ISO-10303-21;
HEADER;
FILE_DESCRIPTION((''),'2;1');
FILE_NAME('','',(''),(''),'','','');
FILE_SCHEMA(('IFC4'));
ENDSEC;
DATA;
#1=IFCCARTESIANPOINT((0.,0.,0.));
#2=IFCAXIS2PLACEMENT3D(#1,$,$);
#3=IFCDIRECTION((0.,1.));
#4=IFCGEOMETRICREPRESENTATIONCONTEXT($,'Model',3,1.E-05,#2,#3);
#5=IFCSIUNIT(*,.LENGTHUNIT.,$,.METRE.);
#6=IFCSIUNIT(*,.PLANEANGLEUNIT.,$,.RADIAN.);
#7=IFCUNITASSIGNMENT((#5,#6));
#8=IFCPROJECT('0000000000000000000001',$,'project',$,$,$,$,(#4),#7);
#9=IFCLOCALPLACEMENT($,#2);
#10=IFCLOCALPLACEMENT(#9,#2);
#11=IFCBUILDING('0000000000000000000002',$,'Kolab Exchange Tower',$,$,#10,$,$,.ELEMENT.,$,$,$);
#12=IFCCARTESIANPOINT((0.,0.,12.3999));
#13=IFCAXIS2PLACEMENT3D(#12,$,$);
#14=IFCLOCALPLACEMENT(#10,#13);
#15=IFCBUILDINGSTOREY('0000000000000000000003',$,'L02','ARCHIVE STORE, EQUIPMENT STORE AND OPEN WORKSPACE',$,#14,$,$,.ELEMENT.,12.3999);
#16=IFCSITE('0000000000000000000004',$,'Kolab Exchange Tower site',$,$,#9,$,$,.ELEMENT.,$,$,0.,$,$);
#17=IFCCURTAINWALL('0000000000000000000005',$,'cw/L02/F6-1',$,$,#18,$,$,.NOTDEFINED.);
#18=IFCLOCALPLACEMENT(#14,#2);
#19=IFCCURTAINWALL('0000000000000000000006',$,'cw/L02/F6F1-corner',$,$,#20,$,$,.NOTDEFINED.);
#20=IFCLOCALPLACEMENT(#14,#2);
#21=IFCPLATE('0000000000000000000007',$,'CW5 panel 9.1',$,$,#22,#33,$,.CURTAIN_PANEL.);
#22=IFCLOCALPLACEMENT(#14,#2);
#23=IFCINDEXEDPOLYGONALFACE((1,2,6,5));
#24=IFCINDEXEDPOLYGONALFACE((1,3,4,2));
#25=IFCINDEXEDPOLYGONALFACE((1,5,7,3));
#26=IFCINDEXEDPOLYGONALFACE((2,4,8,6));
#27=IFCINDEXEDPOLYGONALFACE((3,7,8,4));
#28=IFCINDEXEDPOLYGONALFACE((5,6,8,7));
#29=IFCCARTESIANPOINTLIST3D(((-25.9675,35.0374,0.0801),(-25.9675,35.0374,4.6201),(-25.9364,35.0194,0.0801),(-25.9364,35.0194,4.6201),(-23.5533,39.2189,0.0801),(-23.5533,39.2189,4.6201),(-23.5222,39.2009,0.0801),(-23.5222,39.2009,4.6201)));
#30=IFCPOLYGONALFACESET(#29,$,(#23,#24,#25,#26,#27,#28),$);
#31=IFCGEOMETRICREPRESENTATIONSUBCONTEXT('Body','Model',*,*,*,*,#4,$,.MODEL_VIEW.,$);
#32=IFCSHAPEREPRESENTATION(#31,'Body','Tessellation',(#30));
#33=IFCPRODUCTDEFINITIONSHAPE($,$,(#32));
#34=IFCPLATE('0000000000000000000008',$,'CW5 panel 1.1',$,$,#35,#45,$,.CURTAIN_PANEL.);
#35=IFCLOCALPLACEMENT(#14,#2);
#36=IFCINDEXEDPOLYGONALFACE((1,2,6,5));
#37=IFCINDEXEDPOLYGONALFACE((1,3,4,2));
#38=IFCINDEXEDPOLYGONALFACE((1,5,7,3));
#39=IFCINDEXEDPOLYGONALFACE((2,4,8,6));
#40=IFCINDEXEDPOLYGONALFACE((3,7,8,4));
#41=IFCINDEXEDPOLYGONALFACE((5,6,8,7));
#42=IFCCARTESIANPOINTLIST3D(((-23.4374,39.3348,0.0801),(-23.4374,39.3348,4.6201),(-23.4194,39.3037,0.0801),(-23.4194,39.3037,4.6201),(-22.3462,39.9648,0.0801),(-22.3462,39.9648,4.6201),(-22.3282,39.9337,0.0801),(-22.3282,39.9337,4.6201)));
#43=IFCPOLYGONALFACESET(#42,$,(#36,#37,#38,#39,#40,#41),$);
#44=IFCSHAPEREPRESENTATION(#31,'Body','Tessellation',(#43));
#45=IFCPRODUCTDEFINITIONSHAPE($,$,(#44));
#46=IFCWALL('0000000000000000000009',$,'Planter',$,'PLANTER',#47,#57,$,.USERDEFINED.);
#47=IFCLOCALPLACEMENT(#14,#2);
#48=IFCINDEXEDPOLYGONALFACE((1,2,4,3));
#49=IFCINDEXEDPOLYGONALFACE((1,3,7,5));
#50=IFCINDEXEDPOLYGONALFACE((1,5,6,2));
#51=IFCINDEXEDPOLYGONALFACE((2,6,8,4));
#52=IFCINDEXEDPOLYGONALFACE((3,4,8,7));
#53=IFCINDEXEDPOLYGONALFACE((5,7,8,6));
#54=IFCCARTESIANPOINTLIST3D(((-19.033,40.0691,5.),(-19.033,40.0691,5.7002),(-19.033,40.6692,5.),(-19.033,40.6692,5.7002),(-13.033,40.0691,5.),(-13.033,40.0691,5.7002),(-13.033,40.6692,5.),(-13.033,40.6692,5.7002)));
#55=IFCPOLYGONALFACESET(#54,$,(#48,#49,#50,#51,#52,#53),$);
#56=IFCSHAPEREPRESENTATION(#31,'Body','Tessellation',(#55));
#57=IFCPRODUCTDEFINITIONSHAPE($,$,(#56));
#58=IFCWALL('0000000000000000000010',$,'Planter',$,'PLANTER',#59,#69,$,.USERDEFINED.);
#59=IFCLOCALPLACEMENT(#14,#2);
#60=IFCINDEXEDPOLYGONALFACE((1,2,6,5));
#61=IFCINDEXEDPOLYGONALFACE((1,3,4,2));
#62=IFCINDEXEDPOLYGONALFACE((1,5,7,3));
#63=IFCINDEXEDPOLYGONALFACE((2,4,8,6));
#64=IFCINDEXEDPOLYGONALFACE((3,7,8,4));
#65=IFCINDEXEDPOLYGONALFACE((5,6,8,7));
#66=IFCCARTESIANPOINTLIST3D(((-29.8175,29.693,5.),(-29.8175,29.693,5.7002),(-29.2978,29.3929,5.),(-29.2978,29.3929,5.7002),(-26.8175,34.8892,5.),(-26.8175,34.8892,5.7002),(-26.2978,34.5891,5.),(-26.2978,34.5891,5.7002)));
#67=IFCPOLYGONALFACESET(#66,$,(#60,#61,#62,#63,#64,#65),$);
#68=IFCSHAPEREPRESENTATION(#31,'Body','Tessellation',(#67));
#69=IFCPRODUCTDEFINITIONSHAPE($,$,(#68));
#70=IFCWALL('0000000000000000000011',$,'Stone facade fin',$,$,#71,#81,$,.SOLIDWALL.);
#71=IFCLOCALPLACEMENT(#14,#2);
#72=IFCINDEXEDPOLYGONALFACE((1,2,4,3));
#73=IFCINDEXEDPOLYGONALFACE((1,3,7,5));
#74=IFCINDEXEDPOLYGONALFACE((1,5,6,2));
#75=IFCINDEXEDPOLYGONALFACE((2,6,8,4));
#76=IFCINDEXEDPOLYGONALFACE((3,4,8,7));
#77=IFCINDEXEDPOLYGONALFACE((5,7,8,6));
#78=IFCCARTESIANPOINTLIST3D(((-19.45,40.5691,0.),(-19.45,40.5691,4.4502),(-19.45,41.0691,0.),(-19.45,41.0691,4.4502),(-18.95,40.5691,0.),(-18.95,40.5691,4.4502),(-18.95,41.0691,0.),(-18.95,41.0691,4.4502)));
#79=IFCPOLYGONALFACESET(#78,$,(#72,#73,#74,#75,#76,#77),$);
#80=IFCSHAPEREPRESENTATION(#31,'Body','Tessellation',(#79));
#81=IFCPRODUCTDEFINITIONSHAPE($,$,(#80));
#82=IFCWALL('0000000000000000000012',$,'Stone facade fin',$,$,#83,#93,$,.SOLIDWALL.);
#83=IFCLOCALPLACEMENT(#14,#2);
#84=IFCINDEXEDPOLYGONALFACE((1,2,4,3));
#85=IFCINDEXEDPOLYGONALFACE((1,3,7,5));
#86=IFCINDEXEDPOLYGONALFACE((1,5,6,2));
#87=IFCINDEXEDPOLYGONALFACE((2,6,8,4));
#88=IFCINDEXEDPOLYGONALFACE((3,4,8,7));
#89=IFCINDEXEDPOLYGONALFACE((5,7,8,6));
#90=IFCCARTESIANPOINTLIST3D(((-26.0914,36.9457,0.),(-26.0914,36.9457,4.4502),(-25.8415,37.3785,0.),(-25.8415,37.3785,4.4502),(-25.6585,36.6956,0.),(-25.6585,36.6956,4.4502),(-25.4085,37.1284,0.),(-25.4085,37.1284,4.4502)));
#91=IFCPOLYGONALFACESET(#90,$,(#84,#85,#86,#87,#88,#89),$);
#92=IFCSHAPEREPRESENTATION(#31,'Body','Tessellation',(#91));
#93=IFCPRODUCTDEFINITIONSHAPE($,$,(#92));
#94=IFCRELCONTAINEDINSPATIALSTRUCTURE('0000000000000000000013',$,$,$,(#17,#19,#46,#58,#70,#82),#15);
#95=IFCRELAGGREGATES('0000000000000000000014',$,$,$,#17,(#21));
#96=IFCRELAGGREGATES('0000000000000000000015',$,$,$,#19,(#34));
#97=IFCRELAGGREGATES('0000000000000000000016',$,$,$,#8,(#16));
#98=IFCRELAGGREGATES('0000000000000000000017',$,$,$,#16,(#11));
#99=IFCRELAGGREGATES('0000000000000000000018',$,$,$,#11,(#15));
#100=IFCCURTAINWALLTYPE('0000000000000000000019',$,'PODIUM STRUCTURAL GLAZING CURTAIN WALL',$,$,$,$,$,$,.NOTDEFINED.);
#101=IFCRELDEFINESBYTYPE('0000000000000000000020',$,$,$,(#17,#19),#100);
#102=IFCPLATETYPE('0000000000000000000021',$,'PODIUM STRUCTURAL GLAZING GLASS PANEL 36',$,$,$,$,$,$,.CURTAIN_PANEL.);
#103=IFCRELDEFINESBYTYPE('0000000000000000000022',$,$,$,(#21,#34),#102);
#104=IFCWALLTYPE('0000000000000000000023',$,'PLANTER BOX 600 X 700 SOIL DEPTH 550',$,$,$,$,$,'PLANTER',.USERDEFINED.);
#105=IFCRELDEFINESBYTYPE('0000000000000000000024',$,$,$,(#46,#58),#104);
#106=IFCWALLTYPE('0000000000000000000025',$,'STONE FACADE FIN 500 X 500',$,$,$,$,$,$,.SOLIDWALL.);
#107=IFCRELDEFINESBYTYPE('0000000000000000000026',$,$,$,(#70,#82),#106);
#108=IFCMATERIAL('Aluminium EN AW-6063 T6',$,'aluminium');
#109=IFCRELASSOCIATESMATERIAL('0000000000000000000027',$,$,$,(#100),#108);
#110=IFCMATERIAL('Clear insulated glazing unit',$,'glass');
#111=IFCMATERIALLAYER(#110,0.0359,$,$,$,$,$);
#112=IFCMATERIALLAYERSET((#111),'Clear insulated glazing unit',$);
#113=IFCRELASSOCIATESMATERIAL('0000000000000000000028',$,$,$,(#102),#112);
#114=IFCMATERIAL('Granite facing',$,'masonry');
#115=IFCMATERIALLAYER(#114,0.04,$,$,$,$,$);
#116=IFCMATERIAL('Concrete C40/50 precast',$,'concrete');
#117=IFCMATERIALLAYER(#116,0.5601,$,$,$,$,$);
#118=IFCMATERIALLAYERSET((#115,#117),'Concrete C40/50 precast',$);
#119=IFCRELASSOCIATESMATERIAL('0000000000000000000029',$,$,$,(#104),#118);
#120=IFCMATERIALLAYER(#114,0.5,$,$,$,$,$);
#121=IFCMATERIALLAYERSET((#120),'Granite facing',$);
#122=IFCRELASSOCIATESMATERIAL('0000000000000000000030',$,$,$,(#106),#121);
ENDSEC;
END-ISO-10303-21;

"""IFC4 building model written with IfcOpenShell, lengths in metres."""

from ifc_helpers import new_model, si_unit, direction, frame, frame_2d, origin, origin_2d, place, context, subcontext, project, spatial, rectangle, extrude, material, layer, layer_set, type_object, element, aggregate, save


model = new_model("IFC4")

# Units and contexts
model_context = context("Model", 3, precision=1e-05, world=origin(), true_north=direction((0.0, 1.0)))
body_context = subcontext(model_context, "Body", "Model", "MODEL_VIEW")
ifc_project = project(units=[si_unit("LENGTHUNIT", "METRE"), si_unit("PLANEANGLEUNIT", "RADIAN")], contexts=[model_context])

# Site, building, storey
site_placement = place(None, origin())
site = spatial("IfcSite", under=ifc_project, at=site_placement, Name="Kolab Exchange Tower site", CompositionType="ELEMENT", RefElevation=0.0)
building_placement = place(site_placement, origin())
building = spatial("IfcBuilding", under=site, at=building_placement, Name="Kolab Exchange Tower", CompositionType="ELEMENT")
storey_placement = place(building_placement, frame((0.0, 0.0, 12.3999)))
storey = spatial("IfcBuildingStorey", under=building, at=storey_placement, Name="L02", Description="ARCHIVE STORE, EQUIPMENT STORE AND OPEN WORKSPACE", CompositionType="ELEMENT", Elevation=12.3999)

# Shared definitions
ifc_material_1 = material(Name="Aluminium EN AW-6063 T6", Category="aluminium")
curtain_wall_type = type_object("IfcCurtainWallType", Name="PODIUM STRUCTURAL GLAZING CURTAIN WALL", PredefinedType="NOTDEFINED", material=ifc_material_1)

# Curtain walls
curtain_wall_1_placement = place(storey_placement, origin())
curtain_wall_1 = element("IfcCurtainWall", 1, at=curtain_wall_1_placement, inside=storey, type_object=curtain_wall_type, Name="cw/L02/F6-1", PredefinedType="NOTDEFINED")
curtain_wall_2_placement = place(storey_placement, origin())
curtain_wall_2 = element("IfcCurtainWall", 2, at=curtain_wall_2_placement, inside=storey, type_object=curtain_wall_type, Name="cw/L02/F6F1-corner", PredefinedType="NOTDEFINED")

# Plates
ifc_material_2 = material(Name="Clear insulated glazing unit", Category="glass")
ifc_layer_1 = layer(ifc_material_2, 0.0359)
ifc_layer_set_1 = layer_set([ifc_layer_1], Name="Clear insulated glazing unit")
plate_type = type_object("IfcPlateType", Name="PODIUM STRUCTURAL GLAZING GLASS PANEL 36", PredefinedType="CURTAIN_PANEL", material=ifc_layer_set_1)
plate_1_placement = place(storey_placement, frame((-24.7449, 37.1191, 0.0801), z_axis=(0.0, 0.0, 1.0), x_axis=(0.5, 0.866025, 0.0)))
plate_1 = element("IfcPlate", 3, at=plate_1_placement, type_object=plate_type, Name="CW5 panel 9.1", PredefinedType="CURTAIN_PANEL", context=body_context, shape_type="SweptSolid", body=[
    extrude(rectangle(XDim=4.8284, YDim=0.0359, at=origin_2d()), origin(), (0.0, 0.0, 1.0), 4.54),
])
aggregate(curtain_wall_1, [plate_1])
plate_2_placement = place(storey_placement, frame((-22.8828, 39.6343, 0.0801), z_axis=(0.0, 0.0, 1.0), x_axis=(0.866025, 0.5, 0.0)))
plate_2 = element("IfcPlate", 4, at=plate_2_placement, type_object=plate_type, Name="CW5 panel 1.1", PredefinedType="CURTAIN_PANEL", context=body_context, shape_type="SweptSolid", body=[
    extrude(rectangle(XDim=1.26, YDim=0.0359, at=origin_2d()), origin(), (0.0, 0.0, 1.0), 4.54),
])
aggregate(curtain_wall_2, [plate_2])

# Walls
ifc_material_3 = material(Name="Granite facing", Category="masonry")
ifc_layer_2 = layer(ifc_material_3, 0.04)
ifc_material_4 = material(Name="Concrete C40/50 precast", Category="concrete")
ifc_layer_3 = layer(ifc_material_4, 0.5601)
ifc_layer_set_2 = layer_set([ifc_layer_2, ifc_layer_3], Name="Concrete C40/50 precast")
wall_type_1 = type_object("IfcWallType", Name="PLANTER BOX 600 X 700 SOIL DEPTH 550", ElementType="PLANTER", PredefinedType="USERDEFINED", material=ifc_layer_set_2)
for number, where, z_axis, x_axis, name in (
    (5, (-19.033, 40.3691, 5.0), (0.0, 0.0, 1.0), (1.0, 0.0, 0.0), "Planter"),
    (6, (-29.5576, 29.543, 5.0), (0.0, 0.0, 1.0), (0.49999, 0.866031, 0.0), "Planter"),
):
    element("IfcWall", number, at=place(storey_placement, frame(where, z_axis=z_axis, x_axis=x_axis)), inside=storey, type_object=wall_type_1, Name=name, ObjectType="PLANTER", PredefinedType="USERDEFINED", context=body_context, shape_type="SweptSolid", body=[
        extrude(rectangle(XDim=6.0, YDim=0.6001, at=frame_2d((3.0, 0.0))), origin(), (0.0, 0.0, 1.0), 0.7002),
    ])
ifc_layer_4 = layer(ifc_material_3, 0.5)
ifc_layer_set_3 = layer_set([ifc_layer_4], Name="Granite facing")
wall_type_2 = type_object("IfcWallType", Name="STONE FACADE FIN 500 X 500", PredefinedType="SOLIDWALL", material=ifc_layer_set_3)
wall_1_placement = place(storey_placement, frame((-19.45, 40.8191, 0.0), z_axis=(0.0, 0.0, 1.0), x_axis=(1.0, 0.0, 0.0)))
element("IfcWall", 7, at=wall_1_placement, inside=storey, type_object=wall_type_2, Name="Stone facade fin", PredefinedType="SOLIDWALL", context=body_context, shape_type="SweptSolid", body=[
    extrude(rectangle(XDim=0.5, YDim=0.5, at=frame_2d((0.25, 0.0))), origin(), (0.0, 0.0, 1.0), 4.4502),
])
wall_2_placement = place(storey_placement, frame((-25.875, 36.8206, 0.0), z_axis=(0.0, 0.0, 1.0), x_axis=(0.500131, 0.86595, 0.0)))
element("IfcWall", 8, at=wall_2_placement, inside=storey, type_object=wall_type_2, Name="Stone facade fin", PredefinedType="SOLIDWALL", context=body_context, shape_type="SweptSolid", body=[
    extrude(rectangle(XDim=0.4998, YDim=0.5, at=frame_2d((0.25, 0.0))), origin(), (0.0, 0.0, 1.0), 4.4502),
])

save(model, "model.ifc")
